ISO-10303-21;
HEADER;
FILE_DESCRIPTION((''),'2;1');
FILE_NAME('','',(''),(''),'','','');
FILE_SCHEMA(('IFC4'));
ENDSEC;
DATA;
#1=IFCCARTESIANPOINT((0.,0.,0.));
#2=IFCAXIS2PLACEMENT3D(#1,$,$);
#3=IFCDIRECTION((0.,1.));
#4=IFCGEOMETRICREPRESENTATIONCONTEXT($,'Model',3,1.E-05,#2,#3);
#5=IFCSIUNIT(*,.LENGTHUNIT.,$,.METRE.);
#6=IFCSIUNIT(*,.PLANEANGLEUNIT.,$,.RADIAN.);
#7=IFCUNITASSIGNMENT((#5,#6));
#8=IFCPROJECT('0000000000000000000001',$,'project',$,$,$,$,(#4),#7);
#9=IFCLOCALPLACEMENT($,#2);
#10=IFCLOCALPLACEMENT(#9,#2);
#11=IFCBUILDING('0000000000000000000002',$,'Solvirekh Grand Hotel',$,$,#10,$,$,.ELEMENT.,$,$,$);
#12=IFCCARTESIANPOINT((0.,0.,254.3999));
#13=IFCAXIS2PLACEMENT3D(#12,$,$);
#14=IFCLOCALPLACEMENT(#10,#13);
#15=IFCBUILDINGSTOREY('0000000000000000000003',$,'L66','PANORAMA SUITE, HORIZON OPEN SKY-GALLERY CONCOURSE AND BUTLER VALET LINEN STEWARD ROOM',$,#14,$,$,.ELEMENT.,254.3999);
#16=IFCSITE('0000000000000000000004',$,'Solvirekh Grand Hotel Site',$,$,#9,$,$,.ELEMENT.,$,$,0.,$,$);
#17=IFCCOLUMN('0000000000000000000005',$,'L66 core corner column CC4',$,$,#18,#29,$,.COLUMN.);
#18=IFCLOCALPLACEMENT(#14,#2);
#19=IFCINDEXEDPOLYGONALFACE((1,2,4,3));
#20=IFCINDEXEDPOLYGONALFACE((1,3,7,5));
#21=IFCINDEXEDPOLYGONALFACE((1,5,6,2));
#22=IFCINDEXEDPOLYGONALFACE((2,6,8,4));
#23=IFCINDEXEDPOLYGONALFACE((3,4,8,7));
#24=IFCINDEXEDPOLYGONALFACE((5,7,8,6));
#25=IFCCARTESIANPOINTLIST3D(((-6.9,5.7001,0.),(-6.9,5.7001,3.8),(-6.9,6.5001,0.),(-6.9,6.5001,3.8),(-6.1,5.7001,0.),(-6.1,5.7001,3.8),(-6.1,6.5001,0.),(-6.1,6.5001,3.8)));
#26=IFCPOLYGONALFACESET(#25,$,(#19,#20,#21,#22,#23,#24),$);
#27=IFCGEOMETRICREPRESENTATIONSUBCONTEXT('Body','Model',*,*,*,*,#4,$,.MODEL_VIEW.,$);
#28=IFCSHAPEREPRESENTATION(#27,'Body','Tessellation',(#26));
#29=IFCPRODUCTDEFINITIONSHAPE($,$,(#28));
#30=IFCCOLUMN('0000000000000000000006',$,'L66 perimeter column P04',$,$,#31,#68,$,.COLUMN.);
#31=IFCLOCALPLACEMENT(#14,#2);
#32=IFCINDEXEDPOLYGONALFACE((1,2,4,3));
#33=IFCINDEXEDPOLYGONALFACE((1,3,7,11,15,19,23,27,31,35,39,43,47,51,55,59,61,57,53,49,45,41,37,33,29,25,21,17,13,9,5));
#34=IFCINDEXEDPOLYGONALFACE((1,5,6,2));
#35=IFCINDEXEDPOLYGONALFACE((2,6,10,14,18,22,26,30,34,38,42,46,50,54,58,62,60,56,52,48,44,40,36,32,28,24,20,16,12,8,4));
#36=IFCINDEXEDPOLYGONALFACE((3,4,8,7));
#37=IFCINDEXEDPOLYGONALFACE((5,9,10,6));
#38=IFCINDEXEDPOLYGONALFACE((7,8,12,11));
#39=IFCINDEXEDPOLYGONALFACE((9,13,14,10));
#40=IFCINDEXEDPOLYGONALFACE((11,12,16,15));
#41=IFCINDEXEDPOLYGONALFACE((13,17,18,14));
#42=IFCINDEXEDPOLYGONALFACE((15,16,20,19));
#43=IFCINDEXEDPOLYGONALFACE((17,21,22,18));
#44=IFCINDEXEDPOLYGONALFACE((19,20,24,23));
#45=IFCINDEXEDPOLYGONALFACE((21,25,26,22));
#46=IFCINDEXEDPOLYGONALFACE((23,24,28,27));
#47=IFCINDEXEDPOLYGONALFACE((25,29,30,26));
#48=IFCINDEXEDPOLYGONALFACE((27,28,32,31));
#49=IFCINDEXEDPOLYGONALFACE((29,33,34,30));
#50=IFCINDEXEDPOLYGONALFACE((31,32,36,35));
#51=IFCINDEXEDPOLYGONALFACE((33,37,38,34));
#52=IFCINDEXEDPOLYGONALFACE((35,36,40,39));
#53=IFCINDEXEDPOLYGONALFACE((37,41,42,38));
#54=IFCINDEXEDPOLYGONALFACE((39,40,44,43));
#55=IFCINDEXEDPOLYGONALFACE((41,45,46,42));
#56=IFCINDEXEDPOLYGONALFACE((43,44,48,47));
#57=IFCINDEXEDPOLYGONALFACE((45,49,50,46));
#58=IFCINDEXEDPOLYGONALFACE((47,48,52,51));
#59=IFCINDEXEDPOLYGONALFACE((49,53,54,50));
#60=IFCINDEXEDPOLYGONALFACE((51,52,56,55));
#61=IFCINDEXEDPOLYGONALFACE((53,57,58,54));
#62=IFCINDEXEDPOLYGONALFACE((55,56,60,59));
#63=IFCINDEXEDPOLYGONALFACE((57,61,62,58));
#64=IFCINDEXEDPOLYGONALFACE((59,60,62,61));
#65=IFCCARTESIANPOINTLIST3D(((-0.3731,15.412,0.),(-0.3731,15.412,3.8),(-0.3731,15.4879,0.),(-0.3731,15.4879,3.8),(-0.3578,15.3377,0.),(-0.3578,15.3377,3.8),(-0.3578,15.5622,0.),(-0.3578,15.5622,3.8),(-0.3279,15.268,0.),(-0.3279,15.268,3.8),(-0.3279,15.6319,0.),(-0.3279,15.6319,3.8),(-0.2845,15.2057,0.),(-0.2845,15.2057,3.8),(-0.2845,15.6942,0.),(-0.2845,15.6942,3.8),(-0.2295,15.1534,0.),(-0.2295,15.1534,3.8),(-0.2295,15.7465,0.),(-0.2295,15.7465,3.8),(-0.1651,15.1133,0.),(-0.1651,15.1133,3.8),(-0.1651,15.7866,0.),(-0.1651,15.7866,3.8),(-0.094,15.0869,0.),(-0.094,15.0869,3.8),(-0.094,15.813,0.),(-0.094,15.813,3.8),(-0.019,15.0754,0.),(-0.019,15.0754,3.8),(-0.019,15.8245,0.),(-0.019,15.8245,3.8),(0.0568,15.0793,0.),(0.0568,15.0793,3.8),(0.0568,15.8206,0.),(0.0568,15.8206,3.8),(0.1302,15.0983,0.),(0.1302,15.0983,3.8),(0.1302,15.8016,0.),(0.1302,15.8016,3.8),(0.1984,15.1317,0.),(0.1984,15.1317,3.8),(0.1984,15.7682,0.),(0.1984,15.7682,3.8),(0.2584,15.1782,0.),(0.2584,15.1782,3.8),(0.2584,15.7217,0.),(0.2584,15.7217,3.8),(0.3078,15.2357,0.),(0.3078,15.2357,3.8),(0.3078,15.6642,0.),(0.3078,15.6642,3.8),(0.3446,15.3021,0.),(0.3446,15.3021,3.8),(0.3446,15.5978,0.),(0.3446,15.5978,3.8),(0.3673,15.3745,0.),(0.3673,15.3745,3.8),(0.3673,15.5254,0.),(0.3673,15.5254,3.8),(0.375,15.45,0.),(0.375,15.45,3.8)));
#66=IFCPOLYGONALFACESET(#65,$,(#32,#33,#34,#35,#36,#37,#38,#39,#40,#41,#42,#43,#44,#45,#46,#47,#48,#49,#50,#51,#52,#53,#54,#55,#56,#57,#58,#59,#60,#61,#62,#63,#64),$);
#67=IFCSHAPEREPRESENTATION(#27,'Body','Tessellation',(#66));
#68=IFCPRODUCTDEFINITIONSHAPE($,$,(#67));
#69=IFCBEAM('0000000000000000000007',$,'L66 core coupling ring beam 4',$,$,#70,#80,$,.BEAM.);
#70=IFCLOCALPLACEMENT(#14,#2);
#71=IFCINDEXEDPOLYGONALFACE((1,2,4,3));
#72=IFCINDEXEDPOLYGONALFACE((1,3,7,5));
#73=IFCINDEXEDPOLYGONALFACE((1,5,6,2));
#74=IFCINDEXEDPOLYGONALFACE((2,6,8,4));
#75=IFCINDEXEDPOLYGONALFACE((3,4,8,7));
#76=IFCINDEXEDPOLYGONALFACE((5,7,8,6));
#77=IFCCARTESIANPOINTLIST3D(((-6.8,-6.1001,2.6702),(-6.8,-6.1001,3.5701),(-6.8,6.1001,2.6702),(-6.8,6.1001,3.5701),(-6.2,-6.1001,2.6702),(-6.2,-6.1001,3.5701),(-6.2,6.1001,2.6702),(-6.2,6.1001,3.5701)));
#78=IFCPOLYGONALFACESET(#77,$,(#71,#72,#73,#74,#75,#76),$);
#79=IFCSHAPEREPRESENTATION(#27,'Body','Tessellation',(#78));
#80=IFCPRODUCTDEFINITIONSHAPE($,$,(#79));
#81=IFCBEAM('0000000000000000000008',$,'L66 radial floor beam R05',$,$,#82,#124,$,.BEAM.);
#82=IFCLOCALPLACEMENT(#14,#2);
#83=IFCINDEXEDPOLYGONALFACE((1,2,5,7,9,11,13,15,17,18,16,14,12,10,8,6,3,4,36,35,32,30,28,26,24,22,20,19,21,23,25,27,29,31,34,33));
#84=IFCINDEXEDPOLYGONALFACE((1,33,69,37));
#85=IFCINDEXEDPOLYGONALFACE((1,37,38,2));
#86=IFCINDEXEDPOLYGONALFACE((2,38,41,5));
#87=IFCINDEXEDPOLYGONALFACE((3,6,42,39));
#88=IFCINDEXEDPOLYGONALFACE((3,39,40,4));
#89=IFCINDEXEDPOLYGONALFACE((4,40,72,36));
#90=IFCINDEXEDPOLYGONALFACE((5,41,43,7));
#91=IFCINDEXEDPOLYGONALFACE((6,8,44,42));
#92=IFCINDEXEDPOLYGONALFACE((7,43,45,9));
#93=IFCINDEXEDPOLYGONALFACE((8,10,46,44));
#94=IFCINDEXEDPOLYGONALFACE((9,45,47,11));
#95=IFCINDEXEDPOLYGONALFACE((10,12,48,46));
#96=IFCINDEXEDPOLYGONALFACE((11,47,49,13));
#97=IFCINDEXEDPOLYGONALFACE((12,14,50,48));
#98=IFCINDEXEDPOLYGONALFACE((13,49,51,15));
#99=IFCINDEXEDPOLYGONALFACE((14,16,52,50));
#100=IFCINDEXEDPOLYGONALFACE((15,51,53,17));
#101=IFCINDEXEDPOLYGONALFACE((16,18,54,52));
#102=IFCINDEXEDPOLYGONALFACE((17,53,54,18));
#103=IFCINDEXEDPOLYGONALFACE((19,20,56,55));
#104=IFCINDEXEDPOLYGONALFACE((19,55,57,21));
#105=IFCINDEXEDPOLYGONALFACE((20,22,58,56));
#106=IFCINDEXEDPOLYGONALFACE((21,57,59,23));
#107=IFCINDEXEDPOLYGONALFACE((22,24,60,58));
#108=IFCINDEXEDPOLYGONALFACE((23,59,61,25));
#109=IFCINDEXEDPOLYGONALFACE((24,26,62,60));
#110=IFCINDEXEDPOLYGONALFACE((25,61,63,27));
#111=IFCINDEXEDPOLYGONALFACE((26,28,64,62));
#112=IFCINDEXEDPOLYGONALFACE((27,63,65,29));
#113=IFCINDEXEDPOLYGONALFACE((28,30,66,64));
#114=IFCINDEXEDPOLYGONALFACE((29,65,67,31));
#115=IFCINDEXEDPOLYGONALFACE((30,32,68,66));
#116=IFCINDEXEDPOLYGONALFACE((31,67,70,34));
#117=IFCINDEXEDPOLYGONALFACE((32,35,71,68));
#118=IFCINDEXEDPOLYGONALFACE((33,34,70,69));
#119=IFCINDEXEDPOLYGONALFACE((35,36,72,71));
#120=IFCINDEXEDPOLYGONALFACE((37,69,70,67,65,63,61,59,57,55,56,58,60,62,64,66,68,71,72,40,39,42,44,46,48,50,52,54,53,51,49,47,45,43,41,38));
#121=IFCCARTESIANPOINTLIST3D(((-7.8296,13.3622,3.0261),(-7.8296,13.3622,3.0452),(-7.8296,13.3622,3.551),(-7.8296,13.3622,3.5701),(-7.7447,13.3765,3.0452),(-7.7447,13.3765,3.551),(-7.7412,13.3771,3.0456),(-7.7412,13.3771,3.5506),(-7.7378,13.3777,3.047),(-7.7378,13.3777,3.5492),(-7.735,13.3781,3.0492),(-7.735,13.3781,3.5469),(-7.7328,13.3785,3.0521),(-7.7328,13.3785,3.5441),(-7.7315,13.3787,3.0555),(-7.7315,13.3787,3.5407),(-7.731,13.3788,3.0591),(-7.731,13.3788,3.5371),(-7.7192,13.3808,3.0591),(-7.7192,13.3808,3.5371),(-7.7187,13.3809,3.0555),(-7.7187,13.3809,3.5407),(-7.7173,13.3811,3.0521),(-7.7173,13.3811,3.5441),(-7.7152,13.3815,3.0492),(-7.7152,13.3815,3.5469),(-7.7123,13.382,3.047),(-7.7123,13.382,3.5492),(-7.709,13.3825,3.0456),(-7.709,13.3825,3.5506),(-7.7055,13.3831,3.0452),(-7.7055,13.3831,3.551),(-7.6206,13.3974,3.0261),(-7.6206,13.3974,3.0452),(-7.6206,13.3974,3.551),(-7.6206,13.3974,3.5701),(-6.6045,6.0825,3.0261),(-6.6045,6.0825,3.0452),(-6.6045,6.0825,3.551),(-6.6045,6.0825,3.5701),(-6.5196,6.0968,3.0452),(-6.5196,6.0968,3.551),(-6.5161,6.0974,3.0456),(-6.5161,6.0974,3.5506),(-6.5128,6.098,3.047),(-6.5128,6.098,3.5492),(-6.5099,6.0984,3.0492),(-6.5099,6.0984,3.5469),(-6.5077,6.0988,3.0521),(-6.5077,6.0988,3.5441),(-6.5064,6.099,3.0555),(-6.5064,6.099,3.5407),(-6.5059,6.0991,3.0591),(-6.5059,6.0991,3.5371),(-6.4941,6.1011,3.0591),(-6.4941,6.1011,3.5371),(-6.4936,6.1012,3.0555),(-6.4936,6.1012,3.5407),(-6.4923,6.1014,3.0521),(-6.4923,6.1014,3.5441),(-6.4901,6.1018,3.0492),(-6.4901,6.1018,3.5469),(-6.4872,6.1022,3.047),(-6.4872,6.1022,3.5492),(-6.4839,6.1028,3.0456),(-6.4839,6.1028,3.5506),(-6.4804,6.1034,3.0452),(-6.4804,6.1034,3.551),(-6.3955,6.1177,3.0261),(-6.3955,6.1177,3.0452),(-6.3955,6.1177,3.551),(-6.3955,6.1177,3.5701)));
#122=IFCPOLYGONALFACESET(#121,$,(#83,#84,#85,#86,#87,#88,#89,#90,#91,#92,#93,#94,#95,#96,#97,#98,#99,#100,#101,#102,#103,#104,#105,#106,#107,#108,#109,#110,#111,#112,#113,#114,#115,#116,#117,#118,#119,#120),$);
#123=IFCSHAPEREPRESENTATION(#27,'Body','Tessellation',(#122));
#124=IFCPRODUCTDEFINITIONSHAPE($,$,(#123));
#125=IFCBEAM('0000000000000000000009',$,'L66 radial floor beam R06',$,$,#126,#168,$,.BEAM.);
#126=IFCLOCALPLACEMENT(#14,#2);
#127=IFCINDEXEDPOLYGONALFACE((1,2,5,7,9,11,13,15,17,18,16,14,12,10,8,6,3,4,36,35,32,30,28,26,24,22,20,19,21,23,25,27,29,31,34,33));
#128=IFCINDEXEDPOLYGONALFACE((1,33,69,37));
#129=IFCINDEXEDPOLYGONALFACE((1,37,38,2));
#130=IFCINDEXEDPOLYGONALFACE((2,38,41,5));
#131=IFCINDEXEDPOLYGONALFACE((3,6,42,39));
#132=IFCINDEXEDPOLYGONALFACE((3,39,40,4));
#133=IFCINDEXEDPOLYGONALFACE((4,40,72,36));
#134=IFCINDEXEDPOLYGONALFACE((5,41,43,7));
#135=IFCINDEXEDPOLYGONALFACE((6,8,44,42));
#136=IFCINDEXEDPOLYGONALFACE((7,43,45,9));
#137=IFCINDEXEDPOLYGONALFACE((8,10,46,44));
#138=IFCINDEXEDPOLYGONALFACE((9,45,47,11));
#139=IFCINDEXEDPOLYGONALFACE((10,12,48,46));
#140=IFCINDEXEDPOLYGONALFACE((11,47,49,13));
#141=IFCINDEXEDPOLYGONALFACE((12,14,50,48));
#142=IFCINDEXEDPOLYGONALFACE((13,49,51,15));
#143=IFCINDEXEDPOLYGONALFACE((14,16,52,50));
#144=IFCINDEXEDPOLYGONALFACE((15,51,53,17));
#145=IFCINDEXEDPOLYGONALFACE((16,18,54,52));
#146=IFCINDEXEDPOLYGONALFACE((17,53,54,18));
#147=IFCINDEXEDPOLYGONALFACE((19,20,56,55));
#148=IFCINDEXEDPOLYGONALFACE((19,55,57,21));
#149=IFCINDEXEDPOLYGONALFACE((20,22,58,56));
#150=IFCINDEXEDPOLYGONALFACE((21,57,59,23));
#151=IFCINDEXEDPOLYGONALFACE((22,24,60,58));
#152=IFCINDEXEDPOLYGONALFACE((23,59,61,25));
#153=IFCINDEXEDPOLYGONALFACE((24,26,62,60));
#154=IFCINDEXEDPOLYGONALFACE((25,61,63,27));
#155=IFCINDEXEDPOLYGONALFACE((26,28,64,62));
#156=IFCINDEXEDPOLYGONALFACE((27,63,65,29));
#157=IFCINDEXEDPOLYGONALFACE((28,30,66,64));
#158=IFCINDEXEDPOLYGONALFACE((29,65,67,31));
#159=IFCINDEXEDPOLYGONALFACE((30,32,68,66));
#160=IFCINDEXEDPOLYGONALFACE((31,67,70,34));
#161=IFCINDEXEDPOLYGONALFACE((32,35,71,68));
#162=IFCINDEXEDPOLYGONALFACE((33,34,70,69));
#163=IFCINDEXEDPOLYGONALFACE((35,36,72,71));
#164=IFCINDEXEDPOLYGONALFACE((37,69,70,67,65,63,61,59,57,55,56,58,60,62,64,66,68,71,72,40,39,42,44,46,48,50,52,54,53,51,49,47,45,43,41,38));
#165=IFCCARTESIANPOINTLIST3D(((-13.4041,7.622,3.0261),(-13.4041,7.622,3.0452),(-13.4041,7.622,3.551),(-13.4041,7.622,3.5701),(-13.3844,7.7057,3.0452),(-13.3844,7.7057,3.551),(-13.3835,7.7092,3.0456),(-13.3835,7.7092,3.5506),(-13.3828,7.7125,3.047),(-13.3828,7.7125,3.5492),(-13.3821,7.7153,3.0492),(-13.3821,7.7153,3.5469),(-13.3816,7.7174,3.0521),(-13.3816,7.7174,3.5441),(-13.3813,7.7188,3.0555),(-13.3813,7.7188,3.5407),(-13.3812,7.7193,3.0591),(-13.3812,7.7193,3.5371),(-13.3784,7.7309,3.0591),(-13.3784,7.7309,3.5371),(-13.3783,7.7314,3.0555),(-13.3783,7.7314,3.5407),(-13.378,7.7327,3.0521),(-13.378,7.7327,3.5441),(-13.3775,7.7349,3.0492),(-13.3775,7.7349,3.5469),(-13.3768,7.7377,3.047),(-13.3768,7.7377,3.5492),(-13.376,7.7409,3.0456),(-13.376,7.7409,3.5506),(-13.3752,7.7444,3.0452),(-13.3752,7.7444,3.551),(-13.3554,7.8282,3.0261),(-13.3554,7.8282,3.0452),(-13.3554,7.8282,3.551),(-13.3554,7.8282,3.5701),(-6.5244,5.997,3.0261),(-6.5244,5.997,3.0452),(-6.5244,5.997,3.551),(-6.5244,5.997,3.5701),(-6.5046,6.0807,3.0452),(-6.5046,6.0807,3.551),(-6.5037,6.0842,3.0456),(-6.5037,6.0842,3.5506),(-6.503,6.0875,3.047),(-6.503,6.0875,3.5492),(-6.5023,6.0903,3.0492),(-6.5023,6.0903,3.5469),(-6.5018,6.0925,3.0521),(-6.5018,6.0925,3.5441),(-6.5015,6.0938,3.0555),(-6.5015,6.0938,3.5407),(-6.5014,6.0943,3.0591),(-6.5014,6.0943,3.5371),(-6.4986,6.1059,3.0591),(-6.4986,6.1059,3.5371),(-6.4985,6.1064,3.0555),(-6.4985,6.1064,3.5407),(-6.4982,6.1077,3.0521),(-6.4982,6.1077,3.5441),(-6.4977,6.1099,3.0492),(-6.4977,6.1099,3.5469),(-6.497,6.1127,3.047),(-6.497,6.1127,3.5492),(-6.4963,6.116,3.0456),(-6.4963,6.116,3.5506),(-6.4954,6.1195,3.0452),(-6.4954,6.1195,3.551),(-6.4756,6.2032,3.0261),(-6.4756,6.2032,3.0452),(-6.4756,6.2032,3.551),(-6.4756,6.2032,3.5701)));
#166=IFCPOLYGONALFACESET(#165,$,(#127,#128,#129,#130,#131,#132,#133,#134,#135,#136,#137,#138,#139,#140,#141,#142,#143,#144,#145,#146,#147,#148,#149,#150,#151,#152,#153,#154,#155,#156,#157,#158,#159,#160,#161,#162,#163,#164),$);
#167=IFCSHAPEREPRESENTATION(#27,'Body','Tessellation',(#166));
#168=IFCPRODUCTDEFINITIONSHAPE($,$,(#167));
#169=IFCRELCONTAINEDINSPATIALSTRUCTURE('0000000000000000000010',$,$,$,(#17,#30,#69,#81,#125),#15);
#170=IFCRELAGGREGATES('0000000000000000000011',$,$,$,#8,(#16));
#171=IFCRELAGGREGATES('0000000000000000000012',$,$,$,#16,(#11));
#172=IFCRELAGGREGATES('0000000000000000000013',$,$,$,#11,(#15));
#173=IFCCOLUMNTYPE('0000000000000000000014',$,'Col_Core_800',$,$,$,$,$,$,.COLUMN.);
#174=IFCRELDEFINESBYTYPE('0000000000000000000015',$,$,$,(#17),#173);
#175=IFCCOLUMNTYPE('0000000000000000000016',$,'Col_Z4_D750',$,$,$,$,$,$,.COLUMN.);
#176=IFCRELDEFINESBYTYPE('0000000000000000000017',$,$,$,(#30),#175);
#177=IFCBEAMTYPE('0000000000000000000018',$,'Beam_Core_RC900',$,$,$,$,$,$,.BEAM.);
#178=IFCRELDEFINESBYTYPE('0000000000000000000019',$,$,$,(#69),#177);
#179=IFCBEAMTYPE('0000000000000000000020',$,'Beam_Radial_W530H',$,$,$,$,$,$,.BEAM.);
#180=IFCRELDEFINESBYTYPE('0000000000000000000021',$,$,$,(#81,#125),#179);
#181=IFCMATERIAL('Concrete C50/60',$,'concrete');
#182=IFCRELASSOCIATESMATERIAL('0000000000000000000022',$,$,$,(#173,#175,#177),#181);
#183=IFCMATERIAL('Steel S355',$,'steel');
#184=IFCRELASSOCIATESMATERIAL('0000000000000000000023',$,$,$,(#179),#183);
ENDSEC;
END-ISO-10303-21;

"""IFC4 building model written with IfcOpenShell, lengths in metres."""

from ifc_helpers import new_model, si_unit, direction, frame, origin, origin_2d, place, context, subcontext, project, spatial, rectangle, circle, i_section, extrude, material, material_profile, profile_set, type_object, element, save


model = new_model("IFC4")

# Units and contexts
model_context = context("Model", 3, precision=1e-05, world=origin(), true_north=direction((0.0, 1.0)))
body_context = subcontext(model_context, "Body", "Model", "MODEL_VIEW")
ifc_project = project(units=[si_unit("LENGTHUNIT", "METRE"), si_unit("PLANEANGLEUNIT", "RADIAN")], contexts=[model_context])

# Site, building, storey
site_placement = place(None, origin())
site = spatial("IfcSite", under=ifc_project, at=site_placement, Name="Solvirekh Grand Hotel Site", CompositionType="ELEMENT", RefElevation=0.0)
building_placement = place(site_placement, origin())
building = spatial("IfcBuilding", under=site, at=building_placement, Name="Solvirekh Grand Hotel", CompositionType="ELEMENT")
storey_placement = place(building_placement, frame((0.0, 0.0, 254.3999)))
storey = spatial("IfcBuildingStorey", under=building, at=storey_placement, Name="L66", Description="PANORAMA SUITE, HORIZON OPEN SKY-GALLERY CONCOURSE AND BUTLER VALET LINEN STEWARD ROOM", CompositionType="ELEMENT", Elevation=254.3999)

# Columns
ifc_material_1 = material(Name="Concrete C50/60", Category="concrete")
ifc_material_profile_1 = material_profile(ifc_material_1, rectangle(XDim=0.8, YDim=0.8, at=origin_2d()), Name="RC 800X800")
ifc_profile_set_1 = profile_set([ifc_material_profile_1], Name="Concrete C50/60")
column_type_1 = type_object("IfcColumnType", Name="Col_Core_800", PredefinedType="COLUMN", material=ifc_profile_set_1)
column_1_placement = place(storey_placement, frame((-6.5, 6.1001, 0.0), z_axis=(0.0, 0.0, 1.0), x_axis=(1.0, 0.0, 0.0)))
element("IfcColumn", 1, at=column_1_placement, inside=storey, type_object=column_type_1, Name="L66 core corner column CC4", PredefinedType="COLUMN", context=body_context, shape_type="SweptSolid", body=[
    extrude(rectangle(XDim=0.8, YDim=0.8, at=origin_2d()), origin(), (0.0, 0.0, 1.0), 3.8),
])
ifc_material_profile_2 = material_profile(ifc_material_1, circle(Radius=0.375, at=origin_2d()), Name="RC CIRC D750")
ifc_profile_set_2 = profile_set([ifc_material_profile_2], Name="Concrete C50/60")
column_type_2 = type_object("IfcColumnType", Name="Col_Z4_D750", PredefinedType="COLUMN", material=ifc_profile_set_2)
column_2_placement = place(storey_placement, frame((0.0, 15.45, 0.0), z_axis=(0.0, 0.0, 1.0), x_axis=(1.0, 0.0, 0.0)))
element("IfcColumn", 2, at=column_2_placement, inside=storey, type_object=column_type_2, Name="L66 perimeter column P04", PredefinedType="COLUMN", context=body_context, shape_type="SweptSolid", body=[
    extrude(circle(Radius=0.375, at=origin_2d()), origin(), (0.0, 0.0, 1.0), 3.8),
])

# Beams
ifc_material_profile_3 = material_profile(ifc_material_1, rectangle(XDim=0.6001, YDim=0.8999, at=origin_2d()), Name="RC BEAM 600X900")
ifc_profile_set_3 = profile_set([ifc_material_profile_3], Name="Concrete C50/60")
beam_type_1 = type_object("IfcBeamType", Name="Beam_Core_RC900", PredefinedType="BEAM", material=ifc_profile_set_3)
beam_1_placement = place(storey_placement, frame((-6.5, 6.1001, 3.1201), z_axis=(0.0, -1.0, 0.0), x_axis=(1.0, 0.0, 0.0)))
element("IfcBeam", 3, at=beam_1_placement, inside=storey, type_object=beam_type_1, Name="L66 core coupling ring beam 4", PredefinedType="BEAM", context=body_context, shape_type="SweptSolid", body=[
    extrude(rectangle(XDim=0.6001, YDim=0.8999, at=origin_2d()), origin(), (0.0, 0.0, 1.0), 12.2002),
])
ifc_material_2 = material(Name="Steel S355", Category="steel")
ifc_material_profile_4 = material_profile(ifc_material_2, i_section(OverallWidth=0.2119, OverallDepth=0.5439, WebThickness=0.012, FlangeThickness=0.019, FilletRadius=0.0139, at=origin_2d()), Name="W530X123")
ifc_profile_set_4 = profile_set([ifc_material_profile_4], Name="Steel S355")
beam_type_2 = type_object("IfcBeamType", Name="Beam_Radial_W530H", PredefinedType="BEAM", material=ifc_profile_set_4)
beam_2_placement = place(storey_placement, frame((-6.5, 6.1001, 3.2981), z_axis=(-0.165954, 0.986133, 0.0), x_axis=(-0.986133, -0.165954, 0.0)))
element("IfcBeam", 4, at=beam_2_placement, inside=storey, type_object=beam_type_2, Name="L66 radial floor beam R05", PredefinedType="BEAM", context=body_context, shape_type="SweptSolid", body=[
    extrude(i_section(OverallWidth=0.2119, OverallDepth=0.5439, WebThickness=0.012, FlangeThickness=0.019, FilletRadius=0.0139, at=origin_2d()), origin(), (0.0, 0.0, 1.0), 7.3821),
])
beam_3_placement = place(storey_placement, frame((-6.5, 6.1001, 3.2981), z_axis=(-0.973221, 0.229871, 0.0), x_axis=(-0.229871, -0.973221, 0.0)))
element("IfcBeam", 5, at=beam_3_placement, inside=storey, type_object=beam_type_2, Name="L66 radial floor beam R06", PredefinedType="BEAM", context=body_context, shape_type="SweptSolid", body=[
    extrude(i_section(OverallWidth=0.2119, OverallDepth=0.5439, WebThickness=0.012, FlangeThickness=0.019, FilletRadius=0.0139, at=origin_2d()), origin(), (0.0, 0.0, 1.0), 7.0691),
])

save(model, "model.ifc")
